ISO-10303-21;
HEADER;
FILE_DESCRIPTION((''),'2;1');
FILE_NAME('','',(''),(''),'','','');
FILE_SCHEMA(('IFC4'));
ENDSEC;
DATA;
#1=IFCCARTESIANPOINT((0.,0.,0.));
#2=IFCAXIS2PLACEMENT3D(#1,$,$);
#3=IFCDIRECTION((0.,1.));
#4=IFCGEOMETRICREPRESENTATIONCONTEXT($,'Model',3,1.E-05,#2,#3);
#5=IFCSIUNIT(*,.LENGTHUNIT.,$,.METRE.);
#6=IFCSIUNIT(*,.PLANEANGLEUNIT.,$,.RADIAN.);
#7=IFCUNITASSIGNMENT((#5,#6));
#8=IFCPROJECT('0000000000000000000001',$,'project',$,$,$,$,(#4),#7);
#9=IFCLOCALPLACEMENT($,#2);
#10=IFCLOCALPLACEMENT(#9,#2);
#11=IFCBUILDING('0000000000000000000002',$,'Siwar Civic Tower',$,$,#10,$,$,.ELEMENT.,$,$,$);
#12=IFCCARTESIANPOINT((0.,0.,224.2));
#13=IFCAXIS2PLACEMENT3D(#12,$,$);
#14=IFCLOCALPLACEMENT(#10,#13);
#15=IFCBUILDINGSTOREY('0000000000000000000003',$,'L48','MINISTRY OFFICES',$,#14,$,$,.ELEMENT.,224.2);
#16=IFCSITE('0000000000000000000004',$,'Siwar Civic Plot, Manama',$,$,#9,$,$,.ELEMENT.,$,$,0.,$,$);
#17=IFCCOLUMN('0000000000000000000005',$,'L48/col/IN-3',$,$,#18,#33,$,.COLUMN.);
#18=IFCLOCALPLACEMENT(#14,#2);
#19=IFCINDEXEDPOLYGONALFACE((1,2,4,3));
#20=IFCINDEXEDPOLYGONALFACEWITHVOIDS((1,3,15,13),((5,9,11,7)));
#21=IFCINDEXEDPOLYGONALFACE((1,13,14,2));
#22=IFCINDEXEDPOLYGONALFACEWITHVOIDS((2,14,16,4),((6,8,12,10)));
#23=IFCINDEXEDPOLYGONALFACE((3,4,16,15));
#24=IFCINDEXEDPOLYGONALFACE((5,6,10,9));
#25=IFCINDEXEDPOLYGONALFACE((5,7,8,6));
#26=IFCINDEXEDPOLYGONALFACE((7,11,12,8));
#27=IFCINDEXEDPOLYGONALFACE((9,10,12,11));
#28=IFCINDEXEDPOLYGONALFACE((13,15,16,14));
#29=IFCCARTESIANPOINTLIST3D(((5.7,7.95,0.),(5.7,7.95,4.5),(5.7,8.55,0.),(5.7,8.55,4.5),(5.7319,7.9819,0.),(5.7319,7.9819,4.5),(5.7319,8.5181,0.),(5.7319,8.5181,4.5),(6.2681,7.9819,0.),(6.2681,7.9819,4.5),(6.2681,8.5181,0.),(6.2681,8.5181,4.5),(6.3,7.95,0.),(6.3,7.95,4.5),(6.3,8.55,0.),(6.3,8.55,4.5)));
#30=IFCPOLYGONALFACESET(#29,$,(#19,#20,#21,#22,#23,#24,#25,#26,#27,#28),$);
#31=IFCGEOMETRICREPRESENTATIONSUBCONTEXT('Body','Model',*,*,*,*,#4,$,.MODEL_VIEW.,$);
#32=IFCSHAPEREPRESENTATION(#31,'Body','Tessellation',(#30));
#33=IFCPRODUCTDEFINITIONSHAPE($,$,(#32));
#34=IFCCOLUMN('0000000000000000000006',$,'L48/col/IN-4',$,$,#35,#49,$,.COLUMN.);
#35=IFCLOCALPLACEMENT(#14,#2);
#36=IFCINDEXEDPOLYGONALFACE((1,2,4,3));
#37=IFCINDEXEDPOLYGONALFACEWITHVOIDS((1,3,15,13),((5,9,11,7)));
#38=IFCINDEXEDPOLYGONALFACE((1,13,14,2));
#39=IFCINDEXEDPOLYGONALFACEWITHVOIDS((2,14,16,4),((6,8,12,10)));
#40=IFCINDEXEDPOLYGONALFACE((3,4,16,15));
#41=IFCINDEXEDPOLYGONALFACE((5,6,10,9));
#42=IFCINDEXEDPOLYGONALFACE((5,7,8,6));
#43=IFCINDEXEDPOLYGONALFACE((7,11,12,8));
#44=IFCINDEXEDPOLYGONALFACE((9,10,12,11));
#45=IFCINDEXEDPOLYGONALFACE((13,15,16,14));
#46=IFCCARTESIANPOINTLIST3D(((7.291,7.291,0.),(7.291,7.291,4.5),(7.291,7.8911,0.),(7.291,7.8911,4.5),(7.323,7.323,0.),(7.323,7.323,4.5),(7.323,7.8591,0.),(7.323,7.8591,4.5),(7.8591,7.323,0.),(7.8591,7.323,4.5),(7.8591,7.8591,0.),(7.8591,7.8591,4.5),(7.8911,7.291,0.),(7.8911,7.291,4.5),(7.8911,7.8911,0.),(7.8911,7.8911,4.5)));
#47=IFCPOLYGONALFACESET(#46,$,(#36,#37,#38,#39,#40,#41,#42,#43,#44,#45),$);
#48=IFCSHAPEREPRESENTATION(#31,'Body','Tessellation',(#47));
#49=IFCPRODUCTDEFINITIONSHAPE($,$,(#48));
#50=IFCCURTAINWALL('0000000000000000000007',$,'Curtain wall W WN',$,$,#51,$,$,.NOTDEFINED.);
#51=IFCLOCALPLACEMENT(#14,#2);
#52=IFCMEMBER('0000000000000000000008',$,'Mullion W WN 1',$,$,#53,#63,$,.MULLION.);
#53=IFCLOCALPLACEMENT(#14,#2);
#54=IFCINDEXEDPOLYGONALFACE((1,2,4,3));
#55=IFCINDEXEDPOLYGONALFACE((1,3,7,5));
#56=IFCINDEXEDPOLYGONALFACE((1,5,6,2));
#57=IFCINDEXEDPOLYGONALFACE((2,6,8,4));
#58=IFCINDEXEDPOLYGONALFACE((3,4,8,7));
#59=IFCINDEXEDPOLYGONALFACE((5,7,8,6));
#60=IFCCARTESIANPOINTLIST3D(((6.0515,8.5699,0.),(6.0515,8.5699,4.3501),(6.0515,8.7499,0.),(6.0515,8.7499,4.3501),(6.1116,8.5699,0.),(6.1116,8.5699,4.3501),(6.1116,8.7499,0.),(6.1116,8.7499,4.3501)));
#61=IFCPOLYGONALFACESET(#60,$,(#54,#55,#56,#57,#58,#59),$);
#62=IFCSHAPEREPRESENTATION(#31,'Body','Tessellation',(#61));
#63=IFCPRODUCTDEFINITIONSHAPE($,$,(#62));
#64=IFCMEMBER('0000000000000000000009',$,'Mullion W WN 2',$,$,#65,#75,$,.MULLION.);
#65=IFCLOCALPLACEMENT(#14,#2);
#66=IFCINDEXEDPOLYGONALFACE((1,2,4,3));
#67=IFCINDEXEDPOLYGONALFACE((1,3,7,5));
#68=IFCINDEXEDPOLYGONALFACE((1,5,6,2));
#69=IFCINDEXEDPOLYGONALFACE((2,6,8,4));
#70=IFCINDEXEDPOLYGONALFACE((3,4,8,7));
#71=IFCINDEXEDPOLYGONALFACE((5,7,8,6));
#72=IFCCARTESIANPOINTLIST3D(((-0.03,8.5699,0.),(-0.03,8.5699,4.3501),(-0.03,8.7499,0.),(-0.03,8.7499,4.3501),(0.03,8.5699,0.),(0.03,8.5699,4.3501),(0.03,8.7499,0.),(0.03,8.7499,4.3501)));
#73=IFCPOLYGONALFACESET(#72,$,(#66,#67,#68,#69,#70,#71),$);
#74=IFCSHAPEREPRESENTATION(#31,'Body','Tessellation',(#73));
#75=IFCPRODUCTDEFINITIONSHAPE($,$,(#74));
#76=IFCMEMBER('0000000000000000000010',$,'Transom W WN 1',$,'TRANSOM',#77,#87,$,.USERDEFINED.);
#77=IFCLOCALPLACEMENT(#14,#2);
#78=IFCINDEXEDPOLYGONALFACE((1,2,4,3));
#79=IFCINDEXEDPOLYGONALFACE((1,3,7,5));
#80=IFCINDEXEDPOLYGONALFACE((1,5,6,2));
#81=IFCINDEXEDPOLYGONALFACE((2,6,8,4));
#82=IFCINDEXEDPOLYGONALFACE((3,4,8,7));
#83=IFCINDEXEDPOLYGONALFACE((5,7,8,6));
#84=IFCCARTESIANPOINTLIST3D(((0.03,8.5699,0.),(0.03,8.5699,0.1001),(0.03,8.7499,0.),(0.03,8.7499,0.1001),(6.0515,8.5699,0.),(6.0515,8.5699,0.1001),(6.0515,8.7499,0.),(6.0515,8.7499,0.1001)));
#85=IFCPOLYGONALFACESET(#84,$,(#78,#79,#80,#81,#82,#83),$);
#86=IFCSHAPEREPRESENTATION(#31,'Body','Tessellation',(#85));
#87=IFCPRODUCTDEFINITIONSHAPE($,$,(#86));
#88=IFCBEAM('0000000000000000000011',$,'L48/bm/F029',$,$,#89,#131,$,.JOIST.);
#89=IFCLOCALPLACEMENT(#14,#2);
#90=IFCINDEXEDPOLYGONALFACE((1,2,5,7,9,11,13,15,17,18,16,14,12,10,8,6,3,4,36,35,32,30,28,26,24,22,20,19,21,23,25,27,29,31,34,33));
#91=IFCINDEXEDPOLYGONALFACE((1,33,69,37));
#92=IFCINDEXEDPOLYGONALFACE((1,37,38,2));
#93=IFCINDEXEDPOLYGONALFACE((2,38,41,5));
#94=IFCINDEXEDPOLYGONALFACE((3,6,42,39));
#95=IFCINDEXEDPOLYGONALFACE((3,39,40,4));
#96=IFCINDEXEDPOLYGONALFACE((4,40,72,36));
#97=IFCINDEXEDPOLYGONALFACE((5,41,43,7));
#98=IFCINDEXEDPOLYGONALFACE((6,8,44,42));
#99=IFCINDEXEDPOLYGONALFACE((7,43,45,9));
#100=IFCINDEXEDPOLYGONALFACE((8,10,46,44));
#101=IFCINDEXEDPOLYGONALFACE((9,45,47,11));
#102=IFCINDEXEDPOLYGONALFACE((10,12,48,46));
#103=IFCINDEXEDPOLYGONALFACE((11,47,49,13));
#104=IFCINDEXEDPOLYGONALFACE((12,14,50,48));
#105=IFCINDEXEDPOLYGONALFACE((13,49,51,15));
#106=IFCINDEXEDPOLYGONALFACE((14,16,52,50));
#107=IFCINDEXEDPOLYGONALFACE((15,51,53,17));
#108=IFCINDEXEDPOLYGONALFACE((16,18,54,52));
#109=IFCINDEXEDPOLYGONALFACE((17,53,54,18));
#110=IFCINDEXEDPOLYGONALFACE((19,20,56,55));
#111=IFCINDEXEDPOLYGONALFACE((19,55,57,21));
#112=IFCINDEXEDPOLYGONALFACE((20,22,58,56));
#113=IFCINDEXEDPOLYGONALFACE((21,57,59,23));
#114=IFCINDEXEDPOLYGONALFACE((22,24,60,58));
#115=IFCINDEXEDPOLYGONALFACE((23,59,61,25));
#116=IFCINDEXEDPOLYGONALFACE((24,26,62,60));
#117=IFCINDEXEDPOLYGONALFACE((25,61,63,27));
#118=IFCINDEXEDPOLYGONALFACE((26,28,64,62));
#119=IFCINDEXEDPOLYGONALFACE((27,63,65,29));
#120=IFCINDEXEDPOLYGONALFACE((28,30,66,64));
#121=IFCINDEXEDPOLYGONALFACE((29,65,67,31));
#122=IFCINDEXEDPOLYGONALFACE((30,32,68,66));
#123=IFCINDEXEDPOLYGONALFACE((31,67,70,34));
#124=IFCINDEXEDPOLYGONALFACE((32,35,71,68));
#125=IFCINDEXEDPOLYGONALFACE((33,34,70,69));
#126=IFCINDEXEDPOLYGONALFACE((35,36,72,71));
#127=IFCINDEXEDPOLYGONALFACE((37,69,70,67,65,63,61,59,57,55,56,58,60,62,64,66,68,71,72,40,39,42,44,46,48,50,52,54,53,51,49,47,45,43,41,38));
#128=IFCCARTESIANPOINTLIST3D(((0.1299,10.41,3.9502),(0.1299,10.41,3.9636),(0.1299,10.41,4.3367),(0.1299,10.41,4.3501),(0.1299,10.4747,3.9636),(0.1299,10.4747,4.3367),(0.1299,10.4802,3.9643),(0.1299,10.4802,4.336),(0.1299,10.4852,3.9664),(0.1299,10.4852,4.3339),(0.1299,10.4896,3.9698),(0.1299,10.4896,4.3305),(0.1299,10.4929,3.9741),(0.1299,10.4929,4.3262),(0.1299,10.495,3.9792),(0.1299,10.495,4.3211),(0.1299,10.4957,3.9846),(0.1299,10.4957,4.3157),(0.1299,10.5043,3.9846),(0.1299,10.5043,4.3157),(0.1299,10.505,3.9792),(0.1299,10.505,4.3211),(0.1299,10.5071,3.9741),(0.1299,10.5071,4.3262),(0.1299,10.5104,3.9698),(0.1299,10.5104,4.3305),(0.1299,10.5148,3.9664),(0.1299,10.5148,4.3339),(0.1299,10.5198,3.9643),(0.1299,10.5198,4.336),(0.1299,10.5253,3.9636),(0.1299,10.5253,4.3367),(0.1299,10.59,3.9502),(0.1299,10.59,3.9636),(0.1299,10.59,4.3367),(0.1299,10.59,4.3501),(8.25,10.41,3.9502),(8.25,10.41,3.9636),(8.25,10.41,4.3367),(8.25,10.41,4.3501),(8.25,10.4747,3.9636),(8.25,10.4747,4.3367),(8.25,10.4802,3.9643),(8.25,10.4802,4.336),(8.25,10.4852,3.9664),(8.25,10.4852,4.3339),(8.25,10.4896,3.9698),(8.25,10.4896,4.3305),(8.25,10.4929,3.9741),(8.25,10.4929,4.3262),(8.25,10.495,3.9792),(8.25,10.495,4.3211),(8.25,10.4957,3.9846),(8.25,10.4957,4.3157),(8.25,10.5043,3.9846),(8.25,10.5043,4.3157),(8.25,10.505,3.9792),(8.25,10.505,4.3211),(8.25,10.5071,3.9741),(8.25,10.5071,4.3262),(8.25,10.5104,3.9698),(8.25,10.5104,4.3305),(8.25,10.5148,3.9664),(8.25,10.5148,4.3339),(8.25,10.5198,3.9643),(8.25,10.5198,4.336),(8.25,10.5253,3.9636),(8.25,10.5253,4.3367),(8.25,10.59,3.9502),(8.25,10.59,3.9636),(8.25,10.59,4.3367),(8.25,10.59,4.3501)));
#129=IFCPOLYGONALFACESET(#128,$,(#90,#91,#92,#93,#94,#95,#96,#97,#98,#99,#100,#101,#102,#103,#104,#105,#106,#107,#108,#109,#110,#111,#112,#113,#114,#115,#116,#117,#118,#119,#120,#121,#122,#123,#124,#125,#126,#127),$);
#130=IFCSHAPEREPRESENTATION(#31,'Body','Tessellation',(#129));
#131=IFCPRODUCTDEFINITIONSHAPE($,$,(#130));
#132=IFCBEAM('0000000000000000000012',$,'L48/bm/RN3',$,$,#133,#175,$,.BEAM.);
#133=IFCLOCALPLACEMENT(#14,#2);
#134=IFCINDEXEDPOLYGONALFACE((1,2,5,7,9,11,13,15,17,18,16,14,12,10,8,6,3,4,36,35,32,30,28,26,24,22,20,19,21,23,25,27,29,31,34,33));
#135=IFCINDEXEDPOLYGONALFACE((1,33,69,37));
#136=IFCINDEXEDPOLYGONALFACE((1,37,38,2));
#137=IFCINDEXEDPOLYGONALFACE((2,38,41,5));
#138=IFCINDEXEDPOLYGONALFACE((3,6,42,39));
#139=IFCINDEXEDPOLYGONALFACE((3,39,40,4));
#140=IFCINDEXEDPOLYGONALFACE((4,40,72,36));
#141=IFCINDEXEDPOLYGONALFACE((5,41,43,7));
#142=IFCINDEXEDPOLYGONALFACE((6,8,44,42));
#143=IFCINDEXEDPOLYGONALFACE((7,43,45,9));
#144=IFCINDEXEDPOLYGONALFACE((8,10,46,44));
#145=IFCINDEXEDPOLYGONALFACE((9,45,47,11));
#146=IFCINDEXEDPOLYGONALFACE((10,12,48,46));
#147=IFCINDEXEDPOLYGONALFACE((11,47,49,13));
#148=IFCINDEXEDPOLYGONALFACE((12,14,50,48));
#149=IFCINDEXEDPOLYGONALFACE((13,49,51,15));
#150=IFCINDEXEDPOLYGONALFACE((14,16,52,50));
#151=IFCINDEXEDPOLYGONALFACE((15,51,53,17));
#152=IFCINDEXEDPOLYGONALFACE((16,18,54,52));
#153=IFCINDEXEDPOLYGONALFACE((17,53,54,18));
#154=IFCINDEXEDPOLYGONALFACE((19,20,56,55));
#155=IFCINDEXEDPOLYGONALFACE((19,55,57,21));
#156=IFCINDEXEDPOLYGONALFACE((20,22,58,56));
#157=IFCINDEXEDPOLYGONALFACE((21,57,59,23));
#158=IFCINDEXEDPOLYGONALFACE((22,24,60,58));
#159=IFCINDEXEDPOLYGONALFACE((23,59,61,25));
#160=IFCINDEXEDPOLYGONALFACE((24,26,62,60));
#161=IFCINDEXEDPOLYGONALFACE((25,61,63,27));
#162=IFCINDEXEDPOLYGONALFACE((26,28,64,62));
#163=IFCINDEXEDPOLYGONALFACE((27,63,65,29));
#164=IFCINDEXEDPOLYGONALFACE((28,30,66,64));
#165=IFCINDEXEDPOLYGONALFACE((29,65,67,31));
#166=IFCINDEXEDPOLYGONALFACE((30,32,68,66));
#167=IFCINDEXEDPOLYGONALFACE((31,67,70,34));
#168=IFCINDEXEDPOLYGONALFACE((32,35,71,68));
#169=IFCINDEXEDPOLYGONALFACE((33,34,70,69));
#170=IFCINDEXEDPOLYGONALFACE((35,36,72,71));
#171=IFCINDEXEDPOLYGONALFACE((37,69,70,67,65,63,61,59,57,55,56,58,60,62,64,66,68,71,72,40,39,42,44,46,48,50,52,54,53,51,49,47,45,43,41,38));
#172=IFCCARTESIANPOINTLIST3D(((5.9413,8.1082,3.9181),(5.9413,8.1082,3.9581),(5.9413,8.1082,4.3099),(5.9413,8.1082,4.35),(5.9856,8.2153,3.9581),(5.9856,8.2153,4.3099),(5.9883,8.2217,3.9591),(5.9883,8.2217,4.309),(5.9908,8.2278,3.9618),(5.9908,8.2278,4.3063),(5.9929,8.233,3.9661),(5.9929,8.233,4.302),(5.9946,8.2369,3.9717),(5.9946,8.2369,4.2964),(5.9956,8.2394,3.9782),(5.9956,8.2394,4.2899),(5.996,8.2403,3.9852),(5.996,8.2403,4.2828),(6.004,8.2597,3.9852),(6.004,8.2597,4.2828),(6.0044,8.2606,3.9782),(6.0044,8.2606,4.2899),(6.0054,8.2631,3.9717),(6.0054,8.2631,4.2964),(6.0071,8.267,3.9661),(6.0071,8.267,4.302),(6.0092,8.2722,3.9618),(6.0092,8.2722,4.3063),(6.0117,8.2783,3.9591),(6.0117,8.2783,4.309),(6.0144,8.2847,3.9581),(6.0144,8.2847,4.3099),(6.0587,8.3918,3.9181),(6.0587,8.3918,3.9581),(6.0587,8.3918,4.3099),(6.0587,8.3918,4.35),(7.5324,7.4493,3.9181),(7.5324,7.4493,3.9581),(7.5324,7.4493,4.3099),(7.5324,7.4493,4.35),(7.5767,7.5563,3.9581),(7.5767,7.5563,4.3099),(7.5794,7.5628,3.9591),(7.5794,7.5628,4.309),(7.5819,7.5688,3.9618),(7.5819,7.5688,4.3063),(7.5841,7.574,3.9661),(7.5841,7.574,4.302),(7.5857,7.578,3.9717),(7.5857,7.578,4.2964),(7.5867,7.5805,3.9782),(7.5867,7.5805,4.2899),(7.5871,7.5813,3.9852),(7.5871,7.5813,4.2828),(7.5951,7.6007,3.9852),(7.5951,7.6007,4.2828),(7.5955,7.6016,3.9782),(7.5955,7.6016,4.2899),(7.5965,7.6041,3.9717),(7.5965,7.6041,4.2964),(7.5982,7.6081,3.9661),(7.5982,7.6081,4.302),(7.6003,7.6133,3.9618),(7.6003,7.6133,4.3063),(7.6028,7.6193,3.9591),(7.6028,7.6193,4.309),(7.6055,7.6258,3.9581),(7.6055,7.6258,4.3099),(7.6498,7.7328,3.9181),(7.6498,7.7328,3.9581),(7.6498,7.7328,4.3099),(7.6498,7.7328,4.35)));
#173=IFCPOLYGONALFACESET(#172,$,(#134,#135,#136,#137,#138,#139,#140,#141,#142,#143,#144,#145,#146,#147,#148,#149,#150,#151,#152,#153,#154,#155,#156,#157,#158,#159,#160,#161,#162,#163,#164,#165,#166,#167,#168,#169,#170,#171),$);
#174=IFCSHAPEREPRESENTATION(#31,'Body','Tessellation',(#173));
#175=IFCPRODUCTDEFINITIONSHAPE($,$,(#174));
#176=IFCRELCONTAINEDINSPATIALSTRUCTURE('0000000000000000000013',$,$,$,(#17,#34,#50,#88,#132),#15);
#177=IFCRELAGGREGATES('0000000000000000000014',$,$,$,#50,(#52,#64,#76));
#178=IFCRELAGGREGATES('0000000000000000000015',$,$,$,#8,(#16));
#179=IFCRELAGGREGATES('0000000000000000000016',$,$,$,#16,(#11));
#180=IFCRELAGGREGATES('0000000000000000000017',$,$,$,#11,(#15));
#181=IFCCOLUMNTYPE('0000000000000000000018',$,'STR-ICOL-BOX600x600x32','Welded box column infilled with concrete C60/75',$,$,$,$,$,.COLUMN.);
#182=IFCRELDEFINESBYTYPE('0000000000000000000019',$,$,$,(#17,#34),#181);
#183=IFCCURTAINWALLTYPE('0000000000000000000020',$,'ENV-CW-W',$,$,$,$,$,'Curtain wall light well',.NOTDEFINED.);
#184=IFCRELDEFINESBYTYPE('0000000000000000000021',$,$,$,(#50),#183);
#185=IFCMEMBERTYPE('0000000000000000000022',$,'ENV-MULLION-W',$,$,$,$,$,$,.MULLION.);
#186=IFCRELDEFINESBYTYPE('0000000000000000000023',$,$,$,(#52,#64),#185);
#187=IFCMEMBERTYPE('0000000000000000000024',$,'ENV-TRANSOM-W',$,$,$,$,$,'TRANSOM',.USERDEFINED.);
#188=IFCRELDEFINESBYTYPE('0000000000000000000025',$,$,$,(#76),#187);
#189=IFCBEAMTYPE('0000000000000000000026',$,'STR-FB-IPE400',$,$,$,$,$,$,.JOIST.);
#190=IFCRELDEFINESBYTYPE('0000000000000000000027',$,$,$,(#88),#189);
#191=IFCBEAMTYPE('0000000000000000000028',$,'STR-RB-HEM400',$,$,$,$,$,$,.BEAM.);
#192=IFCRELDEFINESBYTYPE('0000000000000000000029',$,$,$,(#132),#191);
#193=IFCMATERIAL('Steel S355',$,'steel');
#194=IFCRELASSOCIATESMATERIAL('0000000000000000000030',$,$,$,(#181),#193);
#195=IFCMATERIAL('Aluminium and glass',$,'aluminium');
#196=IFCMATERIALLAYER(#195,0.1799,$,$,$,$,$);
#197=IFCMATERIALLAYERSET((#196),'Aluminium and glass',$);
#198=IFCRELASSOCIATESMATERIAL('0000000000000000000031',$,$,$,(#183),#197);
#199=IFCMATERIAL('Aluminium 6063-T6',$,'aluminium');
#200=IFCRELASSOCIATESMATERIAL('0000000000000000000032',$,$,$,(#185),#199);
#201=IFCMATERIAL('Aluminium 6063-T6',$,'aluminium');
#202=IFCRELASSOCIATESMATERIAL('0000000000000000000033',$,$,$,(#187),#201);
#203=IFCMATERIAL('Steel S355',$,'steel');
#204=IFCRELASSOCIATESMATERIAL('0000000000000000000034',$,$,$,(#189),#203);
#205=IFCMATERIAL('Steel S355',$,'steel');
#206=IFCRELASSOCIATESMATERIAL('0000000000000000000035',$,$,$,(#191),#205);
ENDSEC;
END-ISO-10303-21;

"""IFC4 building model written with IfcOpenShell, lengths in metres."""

from ifc_helpers import new_model, si_unit, direction, frame, origin, origin_2d, place, context, subcontext, project, spatial, rectangle, hollow_rectangle, i_section, extrude, material, layer, layer_set, material_profile, profile_set, type_object, element, aggregate, save


model = new_model("IFC4")

# Units and contexts
model_context = context("Model", 3, precision=1e-05, world=origin(), true_north=direction((0.0, 1.0)))
body_context = subcontext(model_context, "Body", "Model", "MODEL_VIEW")
ifc_project = project(units=[si_unit("LENGTHUNIT", "METRE"), si_unit("PLANEANGLEUNIT", "RADIAN")], contexts=[model_context])

# Site, building, storey
site_placement = place(None, origin())
site = spatial("IfcSite", under=ifc_project, at=site_placement, Name="Siwar Civic Plot, Manama", CompositionType="ELEMENT", RefElevation=0.0)
building_placement = place(site_placement, origin())
building = spatial("IfcBuilding", under=site, at=building_placement, Name="Siwar Civic Tower", CompositionType="ELEMENT")
storey_placement = place(building_placement, frame((0.0, 0.0, 224.2)))
storey = spatial("IfcBuildingStorey", under=building, at=storey_placement, Name="L48", Description="MINISTRY OFFICES", CompositionType="ELEMENT", Elevation=224.2)

# Columns
ifc_material_1 = material(Name="Steel S355", Category="steel")
ifc_material_profile_1 = material_profile(ifc_material_1, hollow_rectangle(XDim=0.6001, YDim=0.6001, WallThickness=0.032, at=origin_2d()), Name="BOX600x600x32")
ifc_profile_set_1 = profile_set([ifc_material_profile_1], Name="Steel S355")
column_type = type_object("IfcColumnType", Name="STR-ICOL-BOX600x600x32", Description="Welded box column infilled with concrete C60/75", PredefinedType="COLUMN", material=ifc_profile_set_1)
for number, where, z_axis, x_axis, name in (
    (1, (6.0, 8.25, 0.0), (0.0, 0.0, 1.0), (1.0, 0.0, 0.0), "L48/col/IN-3"),
    (2, (7.5911, 7.5911, 0.0), (0.0, 0.0, 1.0), (1.0, 0.0, 0.0), "L48/col/IN-4"),
):
    element("IfcColumn", number, at=place(storey_placement, frame(where, z_axis=z_axis, x_axis=x_axis)), inside=storey, type_object=column_type, Name=name, PredefinedType="COLUMN", context=body_context, shape_type="SweptSolid", body=[
        extrude(hollow_rectangle(XDim=0.6001, YDim=0.6001, WallThickness=0.032, at=origin_2d()), origin(), (0.0, 0.0, 1.0), 4.5),
    ])

# Curtain wall, members
ifc_material_2 = material(Name="Aluminium and glass", Category="aluminium")
ifc_layer_1 = layer(ifc_material_2, 0.1799)
ifc_layer_set_1 = layer_set([ifc_layer_1], Name="Aluminium and glass")
curtain_wall_type = type_object("IfcCurtainWallType", Name="ENV-CW-W", ElementType="Curtain wall light well", PredefinedType="NOTDEFINED", material=ifc_layer_set_1)
curtain_wall_placement = place(storey_placement, origin())
curtain_wall = element("IfcCurtainWall", 3, at=curtain_wall_placement, inside=storey, type_object=curtain_wall_type, Name="Curtain wall W WN", PredefinedType="NOTDEFINED")
ifc_material_3 = material(Name="Aluminium 6063-T6", Category="aluminium")
ifc_material_profile_2 = material_profile(ifc_material_3, rectangle(XDim=0.1799, YDim=0.0601, at=origin_2d()), Name="AL 180x60")
ifc_profile_set_2 = profile_set([ifc_material_profile_2], Name="Aluminium 6063-T6")
member_type_1 = type_object("IfcMemberType", Name="ENV-MULLION-W", PredefinedType="MULLION", material=ifc_profile_set_2)
member_1_placement = place(storey_placement, frame((6.0815, 8.6599, 0.0), z_axis=(0.0, 0.0, 1.0), x_axis=(0.0, -1.0, 0.0)))
member_1 = element("IfcMember", 4, at=member_1_placement, type_object=member_type_1, Name="Mullion W WN 1", PredefinedType="MULLION", context=body_context, shape_type="SweptSolid", body=[
    extrude(rectangle(XDim=0.1799, YDim=0.0601, at=origin_2d()), origin(), (0.0, 0.0, 1.0), 4.3501),
])
member_2_placement = place(storey_placement, frame((0.0, 8.6599, 0.0), z_axis=(0.0, 0.0, 1.0), x_axis=(0.0, -1.0, 0.0)))
member_2 = element("IfcMember", 5, at=member_2_placement, type_object=member_type_1, Name="Mullion W WN 2", PredefinedType="MULLION", context=body_context, shape_type="SweptSolid", body=[
    extrude(rectangle(XDim=0.1799, YDim=0.0601, at=origin_2d()), origin(), (0.0, 0.0, 1.0), 4.3501),
])
ifc_material_4 = material(Name="Aluminium 6063-T6", Category="aluminium")
ifc_material_profile_3 = material_profile(ifc_material_4, rectangle(XDim=0.1799, YDim=0.1001, at=origin_2d()), Name="AL 180x100")
ifc_profile_set_3 = profile_set([ifc_material_profile_3], Name="Aluminium 6063-T6")
member_type_2 = type_object("IfcMemberType", Name="ENV-TRANSOM-W", ElementType="TRANSOM", PredefinedType="USERDEFINED", material=ifc_profile_set_3)
member_3_placement = place(storey_placement, frame((6.0515, 8.6599, 0.05), z_axis=(-1.0, 0.0, 0.0), x_axis=(0.0, -1.0, 0.0)))
member_3 = element("IfcMember", 6, at=member_3_placement, type_object=member_type_2, Name="Transom W WN 1", ObjectType="TRANSOM", PredefinedType="USERDEFINED", context=body_context, shape_type="SweptSolid", body=[
    extrude(rectangle(XDim=0.1799, YDim=0.1001, at=origin_2d()), origin(), (0.0, 0.0, 1.0), 6.0215),
])

# Beams
ifc_material_5 = material(Name="Steel S355", Category="steel")
ifc_material_profile_4 = material_profile(ifc_material_5, i_section(OverallWidth=0.1799, OverallDepth=0.3999, WebThickness=0.0085, FlangeThickness=0.0134, FilletRadius=0.021, at=origin_2d()), Name="IPE400")
ifc_profile_set_4 = profile_set([ifc_material_profile_4], Name="Steel S355")
beam_type_1 = type_object("IfcBeamType", Name="STR-FB-IPE400", PredefinedType="JOIST", material=ifc_profile_set_4)
beam_placement = place(storey_placement, frame((0.1299, 10.5, 4.1501), z_axis=(1.0, 0.0, 0.0), x_axis=(0.0, 1.0, 0.0)))
element("IfcBeam", 7, at=beam_placement, inside=storey, type_object=beam_type_1, Name="L48/bm/F029", PredefinedType="JOIST", context=body_context, shape_type="SweptSolid", body=[
    extrude(i_section(OverallWidth=0.1799, OverallDepth=0.3999, WebThickness=0.0085, FlangeThickness=0.0134, FilletRadius=0.021, at=origin_2d()), origin(), (0.0, 0.0, 1.0), 8.1201),
])
ifc_material_6 = material(Name="Steel S355", Category="steel")
ifc_material_profile_5 = material_profile(ifc_material_6, i_section(OverallWidth=0.3069, OverallDepth=0.4319, WebThickness=0.021, FlangeThickness=0.04, FilletRadius=0.0271, at=origin_2d()), Name="HEM400")
ifc_profile_set_5 = profile_set([ifc_material_profile_5], Name="Steel S355")
beam_type_2 = type_object("IfcBeamType", Name="STR-RB-HEM400", PredefinedType="BEAM", material=ifc_profile_set_5)
for number, where, z_axis, x_axis, name in (
    (8, (6.0, 8.25, 4.134), (0.923901, -0.382631, 0.0), (0.382631, 0.923901, 0.0), "L48/bm/RN3"),
):
    element("IfcBeam", number, at=place(storey_placement, frame(where, z_axis=z_axis, x_axis=x_axis)), inside=storey, type_object=beam_type_2, Name=name, PredefinedType="BEAM", context=body_context, shape_type="SweptSolid", body=[
        extrude(i_section(OverallWidth=0.3069, OverallDepth=0.4319, WebThickness=0.021, FlangeThickness=0.04, FilletRadius=0.0271, at=origin_2d()), origin(), (0.0, 0.0, 1.0), 1.7222),
    ])

aggregate(curtain_wall, [member_1, member_2, member_3])

save(model, "model.ifc")
